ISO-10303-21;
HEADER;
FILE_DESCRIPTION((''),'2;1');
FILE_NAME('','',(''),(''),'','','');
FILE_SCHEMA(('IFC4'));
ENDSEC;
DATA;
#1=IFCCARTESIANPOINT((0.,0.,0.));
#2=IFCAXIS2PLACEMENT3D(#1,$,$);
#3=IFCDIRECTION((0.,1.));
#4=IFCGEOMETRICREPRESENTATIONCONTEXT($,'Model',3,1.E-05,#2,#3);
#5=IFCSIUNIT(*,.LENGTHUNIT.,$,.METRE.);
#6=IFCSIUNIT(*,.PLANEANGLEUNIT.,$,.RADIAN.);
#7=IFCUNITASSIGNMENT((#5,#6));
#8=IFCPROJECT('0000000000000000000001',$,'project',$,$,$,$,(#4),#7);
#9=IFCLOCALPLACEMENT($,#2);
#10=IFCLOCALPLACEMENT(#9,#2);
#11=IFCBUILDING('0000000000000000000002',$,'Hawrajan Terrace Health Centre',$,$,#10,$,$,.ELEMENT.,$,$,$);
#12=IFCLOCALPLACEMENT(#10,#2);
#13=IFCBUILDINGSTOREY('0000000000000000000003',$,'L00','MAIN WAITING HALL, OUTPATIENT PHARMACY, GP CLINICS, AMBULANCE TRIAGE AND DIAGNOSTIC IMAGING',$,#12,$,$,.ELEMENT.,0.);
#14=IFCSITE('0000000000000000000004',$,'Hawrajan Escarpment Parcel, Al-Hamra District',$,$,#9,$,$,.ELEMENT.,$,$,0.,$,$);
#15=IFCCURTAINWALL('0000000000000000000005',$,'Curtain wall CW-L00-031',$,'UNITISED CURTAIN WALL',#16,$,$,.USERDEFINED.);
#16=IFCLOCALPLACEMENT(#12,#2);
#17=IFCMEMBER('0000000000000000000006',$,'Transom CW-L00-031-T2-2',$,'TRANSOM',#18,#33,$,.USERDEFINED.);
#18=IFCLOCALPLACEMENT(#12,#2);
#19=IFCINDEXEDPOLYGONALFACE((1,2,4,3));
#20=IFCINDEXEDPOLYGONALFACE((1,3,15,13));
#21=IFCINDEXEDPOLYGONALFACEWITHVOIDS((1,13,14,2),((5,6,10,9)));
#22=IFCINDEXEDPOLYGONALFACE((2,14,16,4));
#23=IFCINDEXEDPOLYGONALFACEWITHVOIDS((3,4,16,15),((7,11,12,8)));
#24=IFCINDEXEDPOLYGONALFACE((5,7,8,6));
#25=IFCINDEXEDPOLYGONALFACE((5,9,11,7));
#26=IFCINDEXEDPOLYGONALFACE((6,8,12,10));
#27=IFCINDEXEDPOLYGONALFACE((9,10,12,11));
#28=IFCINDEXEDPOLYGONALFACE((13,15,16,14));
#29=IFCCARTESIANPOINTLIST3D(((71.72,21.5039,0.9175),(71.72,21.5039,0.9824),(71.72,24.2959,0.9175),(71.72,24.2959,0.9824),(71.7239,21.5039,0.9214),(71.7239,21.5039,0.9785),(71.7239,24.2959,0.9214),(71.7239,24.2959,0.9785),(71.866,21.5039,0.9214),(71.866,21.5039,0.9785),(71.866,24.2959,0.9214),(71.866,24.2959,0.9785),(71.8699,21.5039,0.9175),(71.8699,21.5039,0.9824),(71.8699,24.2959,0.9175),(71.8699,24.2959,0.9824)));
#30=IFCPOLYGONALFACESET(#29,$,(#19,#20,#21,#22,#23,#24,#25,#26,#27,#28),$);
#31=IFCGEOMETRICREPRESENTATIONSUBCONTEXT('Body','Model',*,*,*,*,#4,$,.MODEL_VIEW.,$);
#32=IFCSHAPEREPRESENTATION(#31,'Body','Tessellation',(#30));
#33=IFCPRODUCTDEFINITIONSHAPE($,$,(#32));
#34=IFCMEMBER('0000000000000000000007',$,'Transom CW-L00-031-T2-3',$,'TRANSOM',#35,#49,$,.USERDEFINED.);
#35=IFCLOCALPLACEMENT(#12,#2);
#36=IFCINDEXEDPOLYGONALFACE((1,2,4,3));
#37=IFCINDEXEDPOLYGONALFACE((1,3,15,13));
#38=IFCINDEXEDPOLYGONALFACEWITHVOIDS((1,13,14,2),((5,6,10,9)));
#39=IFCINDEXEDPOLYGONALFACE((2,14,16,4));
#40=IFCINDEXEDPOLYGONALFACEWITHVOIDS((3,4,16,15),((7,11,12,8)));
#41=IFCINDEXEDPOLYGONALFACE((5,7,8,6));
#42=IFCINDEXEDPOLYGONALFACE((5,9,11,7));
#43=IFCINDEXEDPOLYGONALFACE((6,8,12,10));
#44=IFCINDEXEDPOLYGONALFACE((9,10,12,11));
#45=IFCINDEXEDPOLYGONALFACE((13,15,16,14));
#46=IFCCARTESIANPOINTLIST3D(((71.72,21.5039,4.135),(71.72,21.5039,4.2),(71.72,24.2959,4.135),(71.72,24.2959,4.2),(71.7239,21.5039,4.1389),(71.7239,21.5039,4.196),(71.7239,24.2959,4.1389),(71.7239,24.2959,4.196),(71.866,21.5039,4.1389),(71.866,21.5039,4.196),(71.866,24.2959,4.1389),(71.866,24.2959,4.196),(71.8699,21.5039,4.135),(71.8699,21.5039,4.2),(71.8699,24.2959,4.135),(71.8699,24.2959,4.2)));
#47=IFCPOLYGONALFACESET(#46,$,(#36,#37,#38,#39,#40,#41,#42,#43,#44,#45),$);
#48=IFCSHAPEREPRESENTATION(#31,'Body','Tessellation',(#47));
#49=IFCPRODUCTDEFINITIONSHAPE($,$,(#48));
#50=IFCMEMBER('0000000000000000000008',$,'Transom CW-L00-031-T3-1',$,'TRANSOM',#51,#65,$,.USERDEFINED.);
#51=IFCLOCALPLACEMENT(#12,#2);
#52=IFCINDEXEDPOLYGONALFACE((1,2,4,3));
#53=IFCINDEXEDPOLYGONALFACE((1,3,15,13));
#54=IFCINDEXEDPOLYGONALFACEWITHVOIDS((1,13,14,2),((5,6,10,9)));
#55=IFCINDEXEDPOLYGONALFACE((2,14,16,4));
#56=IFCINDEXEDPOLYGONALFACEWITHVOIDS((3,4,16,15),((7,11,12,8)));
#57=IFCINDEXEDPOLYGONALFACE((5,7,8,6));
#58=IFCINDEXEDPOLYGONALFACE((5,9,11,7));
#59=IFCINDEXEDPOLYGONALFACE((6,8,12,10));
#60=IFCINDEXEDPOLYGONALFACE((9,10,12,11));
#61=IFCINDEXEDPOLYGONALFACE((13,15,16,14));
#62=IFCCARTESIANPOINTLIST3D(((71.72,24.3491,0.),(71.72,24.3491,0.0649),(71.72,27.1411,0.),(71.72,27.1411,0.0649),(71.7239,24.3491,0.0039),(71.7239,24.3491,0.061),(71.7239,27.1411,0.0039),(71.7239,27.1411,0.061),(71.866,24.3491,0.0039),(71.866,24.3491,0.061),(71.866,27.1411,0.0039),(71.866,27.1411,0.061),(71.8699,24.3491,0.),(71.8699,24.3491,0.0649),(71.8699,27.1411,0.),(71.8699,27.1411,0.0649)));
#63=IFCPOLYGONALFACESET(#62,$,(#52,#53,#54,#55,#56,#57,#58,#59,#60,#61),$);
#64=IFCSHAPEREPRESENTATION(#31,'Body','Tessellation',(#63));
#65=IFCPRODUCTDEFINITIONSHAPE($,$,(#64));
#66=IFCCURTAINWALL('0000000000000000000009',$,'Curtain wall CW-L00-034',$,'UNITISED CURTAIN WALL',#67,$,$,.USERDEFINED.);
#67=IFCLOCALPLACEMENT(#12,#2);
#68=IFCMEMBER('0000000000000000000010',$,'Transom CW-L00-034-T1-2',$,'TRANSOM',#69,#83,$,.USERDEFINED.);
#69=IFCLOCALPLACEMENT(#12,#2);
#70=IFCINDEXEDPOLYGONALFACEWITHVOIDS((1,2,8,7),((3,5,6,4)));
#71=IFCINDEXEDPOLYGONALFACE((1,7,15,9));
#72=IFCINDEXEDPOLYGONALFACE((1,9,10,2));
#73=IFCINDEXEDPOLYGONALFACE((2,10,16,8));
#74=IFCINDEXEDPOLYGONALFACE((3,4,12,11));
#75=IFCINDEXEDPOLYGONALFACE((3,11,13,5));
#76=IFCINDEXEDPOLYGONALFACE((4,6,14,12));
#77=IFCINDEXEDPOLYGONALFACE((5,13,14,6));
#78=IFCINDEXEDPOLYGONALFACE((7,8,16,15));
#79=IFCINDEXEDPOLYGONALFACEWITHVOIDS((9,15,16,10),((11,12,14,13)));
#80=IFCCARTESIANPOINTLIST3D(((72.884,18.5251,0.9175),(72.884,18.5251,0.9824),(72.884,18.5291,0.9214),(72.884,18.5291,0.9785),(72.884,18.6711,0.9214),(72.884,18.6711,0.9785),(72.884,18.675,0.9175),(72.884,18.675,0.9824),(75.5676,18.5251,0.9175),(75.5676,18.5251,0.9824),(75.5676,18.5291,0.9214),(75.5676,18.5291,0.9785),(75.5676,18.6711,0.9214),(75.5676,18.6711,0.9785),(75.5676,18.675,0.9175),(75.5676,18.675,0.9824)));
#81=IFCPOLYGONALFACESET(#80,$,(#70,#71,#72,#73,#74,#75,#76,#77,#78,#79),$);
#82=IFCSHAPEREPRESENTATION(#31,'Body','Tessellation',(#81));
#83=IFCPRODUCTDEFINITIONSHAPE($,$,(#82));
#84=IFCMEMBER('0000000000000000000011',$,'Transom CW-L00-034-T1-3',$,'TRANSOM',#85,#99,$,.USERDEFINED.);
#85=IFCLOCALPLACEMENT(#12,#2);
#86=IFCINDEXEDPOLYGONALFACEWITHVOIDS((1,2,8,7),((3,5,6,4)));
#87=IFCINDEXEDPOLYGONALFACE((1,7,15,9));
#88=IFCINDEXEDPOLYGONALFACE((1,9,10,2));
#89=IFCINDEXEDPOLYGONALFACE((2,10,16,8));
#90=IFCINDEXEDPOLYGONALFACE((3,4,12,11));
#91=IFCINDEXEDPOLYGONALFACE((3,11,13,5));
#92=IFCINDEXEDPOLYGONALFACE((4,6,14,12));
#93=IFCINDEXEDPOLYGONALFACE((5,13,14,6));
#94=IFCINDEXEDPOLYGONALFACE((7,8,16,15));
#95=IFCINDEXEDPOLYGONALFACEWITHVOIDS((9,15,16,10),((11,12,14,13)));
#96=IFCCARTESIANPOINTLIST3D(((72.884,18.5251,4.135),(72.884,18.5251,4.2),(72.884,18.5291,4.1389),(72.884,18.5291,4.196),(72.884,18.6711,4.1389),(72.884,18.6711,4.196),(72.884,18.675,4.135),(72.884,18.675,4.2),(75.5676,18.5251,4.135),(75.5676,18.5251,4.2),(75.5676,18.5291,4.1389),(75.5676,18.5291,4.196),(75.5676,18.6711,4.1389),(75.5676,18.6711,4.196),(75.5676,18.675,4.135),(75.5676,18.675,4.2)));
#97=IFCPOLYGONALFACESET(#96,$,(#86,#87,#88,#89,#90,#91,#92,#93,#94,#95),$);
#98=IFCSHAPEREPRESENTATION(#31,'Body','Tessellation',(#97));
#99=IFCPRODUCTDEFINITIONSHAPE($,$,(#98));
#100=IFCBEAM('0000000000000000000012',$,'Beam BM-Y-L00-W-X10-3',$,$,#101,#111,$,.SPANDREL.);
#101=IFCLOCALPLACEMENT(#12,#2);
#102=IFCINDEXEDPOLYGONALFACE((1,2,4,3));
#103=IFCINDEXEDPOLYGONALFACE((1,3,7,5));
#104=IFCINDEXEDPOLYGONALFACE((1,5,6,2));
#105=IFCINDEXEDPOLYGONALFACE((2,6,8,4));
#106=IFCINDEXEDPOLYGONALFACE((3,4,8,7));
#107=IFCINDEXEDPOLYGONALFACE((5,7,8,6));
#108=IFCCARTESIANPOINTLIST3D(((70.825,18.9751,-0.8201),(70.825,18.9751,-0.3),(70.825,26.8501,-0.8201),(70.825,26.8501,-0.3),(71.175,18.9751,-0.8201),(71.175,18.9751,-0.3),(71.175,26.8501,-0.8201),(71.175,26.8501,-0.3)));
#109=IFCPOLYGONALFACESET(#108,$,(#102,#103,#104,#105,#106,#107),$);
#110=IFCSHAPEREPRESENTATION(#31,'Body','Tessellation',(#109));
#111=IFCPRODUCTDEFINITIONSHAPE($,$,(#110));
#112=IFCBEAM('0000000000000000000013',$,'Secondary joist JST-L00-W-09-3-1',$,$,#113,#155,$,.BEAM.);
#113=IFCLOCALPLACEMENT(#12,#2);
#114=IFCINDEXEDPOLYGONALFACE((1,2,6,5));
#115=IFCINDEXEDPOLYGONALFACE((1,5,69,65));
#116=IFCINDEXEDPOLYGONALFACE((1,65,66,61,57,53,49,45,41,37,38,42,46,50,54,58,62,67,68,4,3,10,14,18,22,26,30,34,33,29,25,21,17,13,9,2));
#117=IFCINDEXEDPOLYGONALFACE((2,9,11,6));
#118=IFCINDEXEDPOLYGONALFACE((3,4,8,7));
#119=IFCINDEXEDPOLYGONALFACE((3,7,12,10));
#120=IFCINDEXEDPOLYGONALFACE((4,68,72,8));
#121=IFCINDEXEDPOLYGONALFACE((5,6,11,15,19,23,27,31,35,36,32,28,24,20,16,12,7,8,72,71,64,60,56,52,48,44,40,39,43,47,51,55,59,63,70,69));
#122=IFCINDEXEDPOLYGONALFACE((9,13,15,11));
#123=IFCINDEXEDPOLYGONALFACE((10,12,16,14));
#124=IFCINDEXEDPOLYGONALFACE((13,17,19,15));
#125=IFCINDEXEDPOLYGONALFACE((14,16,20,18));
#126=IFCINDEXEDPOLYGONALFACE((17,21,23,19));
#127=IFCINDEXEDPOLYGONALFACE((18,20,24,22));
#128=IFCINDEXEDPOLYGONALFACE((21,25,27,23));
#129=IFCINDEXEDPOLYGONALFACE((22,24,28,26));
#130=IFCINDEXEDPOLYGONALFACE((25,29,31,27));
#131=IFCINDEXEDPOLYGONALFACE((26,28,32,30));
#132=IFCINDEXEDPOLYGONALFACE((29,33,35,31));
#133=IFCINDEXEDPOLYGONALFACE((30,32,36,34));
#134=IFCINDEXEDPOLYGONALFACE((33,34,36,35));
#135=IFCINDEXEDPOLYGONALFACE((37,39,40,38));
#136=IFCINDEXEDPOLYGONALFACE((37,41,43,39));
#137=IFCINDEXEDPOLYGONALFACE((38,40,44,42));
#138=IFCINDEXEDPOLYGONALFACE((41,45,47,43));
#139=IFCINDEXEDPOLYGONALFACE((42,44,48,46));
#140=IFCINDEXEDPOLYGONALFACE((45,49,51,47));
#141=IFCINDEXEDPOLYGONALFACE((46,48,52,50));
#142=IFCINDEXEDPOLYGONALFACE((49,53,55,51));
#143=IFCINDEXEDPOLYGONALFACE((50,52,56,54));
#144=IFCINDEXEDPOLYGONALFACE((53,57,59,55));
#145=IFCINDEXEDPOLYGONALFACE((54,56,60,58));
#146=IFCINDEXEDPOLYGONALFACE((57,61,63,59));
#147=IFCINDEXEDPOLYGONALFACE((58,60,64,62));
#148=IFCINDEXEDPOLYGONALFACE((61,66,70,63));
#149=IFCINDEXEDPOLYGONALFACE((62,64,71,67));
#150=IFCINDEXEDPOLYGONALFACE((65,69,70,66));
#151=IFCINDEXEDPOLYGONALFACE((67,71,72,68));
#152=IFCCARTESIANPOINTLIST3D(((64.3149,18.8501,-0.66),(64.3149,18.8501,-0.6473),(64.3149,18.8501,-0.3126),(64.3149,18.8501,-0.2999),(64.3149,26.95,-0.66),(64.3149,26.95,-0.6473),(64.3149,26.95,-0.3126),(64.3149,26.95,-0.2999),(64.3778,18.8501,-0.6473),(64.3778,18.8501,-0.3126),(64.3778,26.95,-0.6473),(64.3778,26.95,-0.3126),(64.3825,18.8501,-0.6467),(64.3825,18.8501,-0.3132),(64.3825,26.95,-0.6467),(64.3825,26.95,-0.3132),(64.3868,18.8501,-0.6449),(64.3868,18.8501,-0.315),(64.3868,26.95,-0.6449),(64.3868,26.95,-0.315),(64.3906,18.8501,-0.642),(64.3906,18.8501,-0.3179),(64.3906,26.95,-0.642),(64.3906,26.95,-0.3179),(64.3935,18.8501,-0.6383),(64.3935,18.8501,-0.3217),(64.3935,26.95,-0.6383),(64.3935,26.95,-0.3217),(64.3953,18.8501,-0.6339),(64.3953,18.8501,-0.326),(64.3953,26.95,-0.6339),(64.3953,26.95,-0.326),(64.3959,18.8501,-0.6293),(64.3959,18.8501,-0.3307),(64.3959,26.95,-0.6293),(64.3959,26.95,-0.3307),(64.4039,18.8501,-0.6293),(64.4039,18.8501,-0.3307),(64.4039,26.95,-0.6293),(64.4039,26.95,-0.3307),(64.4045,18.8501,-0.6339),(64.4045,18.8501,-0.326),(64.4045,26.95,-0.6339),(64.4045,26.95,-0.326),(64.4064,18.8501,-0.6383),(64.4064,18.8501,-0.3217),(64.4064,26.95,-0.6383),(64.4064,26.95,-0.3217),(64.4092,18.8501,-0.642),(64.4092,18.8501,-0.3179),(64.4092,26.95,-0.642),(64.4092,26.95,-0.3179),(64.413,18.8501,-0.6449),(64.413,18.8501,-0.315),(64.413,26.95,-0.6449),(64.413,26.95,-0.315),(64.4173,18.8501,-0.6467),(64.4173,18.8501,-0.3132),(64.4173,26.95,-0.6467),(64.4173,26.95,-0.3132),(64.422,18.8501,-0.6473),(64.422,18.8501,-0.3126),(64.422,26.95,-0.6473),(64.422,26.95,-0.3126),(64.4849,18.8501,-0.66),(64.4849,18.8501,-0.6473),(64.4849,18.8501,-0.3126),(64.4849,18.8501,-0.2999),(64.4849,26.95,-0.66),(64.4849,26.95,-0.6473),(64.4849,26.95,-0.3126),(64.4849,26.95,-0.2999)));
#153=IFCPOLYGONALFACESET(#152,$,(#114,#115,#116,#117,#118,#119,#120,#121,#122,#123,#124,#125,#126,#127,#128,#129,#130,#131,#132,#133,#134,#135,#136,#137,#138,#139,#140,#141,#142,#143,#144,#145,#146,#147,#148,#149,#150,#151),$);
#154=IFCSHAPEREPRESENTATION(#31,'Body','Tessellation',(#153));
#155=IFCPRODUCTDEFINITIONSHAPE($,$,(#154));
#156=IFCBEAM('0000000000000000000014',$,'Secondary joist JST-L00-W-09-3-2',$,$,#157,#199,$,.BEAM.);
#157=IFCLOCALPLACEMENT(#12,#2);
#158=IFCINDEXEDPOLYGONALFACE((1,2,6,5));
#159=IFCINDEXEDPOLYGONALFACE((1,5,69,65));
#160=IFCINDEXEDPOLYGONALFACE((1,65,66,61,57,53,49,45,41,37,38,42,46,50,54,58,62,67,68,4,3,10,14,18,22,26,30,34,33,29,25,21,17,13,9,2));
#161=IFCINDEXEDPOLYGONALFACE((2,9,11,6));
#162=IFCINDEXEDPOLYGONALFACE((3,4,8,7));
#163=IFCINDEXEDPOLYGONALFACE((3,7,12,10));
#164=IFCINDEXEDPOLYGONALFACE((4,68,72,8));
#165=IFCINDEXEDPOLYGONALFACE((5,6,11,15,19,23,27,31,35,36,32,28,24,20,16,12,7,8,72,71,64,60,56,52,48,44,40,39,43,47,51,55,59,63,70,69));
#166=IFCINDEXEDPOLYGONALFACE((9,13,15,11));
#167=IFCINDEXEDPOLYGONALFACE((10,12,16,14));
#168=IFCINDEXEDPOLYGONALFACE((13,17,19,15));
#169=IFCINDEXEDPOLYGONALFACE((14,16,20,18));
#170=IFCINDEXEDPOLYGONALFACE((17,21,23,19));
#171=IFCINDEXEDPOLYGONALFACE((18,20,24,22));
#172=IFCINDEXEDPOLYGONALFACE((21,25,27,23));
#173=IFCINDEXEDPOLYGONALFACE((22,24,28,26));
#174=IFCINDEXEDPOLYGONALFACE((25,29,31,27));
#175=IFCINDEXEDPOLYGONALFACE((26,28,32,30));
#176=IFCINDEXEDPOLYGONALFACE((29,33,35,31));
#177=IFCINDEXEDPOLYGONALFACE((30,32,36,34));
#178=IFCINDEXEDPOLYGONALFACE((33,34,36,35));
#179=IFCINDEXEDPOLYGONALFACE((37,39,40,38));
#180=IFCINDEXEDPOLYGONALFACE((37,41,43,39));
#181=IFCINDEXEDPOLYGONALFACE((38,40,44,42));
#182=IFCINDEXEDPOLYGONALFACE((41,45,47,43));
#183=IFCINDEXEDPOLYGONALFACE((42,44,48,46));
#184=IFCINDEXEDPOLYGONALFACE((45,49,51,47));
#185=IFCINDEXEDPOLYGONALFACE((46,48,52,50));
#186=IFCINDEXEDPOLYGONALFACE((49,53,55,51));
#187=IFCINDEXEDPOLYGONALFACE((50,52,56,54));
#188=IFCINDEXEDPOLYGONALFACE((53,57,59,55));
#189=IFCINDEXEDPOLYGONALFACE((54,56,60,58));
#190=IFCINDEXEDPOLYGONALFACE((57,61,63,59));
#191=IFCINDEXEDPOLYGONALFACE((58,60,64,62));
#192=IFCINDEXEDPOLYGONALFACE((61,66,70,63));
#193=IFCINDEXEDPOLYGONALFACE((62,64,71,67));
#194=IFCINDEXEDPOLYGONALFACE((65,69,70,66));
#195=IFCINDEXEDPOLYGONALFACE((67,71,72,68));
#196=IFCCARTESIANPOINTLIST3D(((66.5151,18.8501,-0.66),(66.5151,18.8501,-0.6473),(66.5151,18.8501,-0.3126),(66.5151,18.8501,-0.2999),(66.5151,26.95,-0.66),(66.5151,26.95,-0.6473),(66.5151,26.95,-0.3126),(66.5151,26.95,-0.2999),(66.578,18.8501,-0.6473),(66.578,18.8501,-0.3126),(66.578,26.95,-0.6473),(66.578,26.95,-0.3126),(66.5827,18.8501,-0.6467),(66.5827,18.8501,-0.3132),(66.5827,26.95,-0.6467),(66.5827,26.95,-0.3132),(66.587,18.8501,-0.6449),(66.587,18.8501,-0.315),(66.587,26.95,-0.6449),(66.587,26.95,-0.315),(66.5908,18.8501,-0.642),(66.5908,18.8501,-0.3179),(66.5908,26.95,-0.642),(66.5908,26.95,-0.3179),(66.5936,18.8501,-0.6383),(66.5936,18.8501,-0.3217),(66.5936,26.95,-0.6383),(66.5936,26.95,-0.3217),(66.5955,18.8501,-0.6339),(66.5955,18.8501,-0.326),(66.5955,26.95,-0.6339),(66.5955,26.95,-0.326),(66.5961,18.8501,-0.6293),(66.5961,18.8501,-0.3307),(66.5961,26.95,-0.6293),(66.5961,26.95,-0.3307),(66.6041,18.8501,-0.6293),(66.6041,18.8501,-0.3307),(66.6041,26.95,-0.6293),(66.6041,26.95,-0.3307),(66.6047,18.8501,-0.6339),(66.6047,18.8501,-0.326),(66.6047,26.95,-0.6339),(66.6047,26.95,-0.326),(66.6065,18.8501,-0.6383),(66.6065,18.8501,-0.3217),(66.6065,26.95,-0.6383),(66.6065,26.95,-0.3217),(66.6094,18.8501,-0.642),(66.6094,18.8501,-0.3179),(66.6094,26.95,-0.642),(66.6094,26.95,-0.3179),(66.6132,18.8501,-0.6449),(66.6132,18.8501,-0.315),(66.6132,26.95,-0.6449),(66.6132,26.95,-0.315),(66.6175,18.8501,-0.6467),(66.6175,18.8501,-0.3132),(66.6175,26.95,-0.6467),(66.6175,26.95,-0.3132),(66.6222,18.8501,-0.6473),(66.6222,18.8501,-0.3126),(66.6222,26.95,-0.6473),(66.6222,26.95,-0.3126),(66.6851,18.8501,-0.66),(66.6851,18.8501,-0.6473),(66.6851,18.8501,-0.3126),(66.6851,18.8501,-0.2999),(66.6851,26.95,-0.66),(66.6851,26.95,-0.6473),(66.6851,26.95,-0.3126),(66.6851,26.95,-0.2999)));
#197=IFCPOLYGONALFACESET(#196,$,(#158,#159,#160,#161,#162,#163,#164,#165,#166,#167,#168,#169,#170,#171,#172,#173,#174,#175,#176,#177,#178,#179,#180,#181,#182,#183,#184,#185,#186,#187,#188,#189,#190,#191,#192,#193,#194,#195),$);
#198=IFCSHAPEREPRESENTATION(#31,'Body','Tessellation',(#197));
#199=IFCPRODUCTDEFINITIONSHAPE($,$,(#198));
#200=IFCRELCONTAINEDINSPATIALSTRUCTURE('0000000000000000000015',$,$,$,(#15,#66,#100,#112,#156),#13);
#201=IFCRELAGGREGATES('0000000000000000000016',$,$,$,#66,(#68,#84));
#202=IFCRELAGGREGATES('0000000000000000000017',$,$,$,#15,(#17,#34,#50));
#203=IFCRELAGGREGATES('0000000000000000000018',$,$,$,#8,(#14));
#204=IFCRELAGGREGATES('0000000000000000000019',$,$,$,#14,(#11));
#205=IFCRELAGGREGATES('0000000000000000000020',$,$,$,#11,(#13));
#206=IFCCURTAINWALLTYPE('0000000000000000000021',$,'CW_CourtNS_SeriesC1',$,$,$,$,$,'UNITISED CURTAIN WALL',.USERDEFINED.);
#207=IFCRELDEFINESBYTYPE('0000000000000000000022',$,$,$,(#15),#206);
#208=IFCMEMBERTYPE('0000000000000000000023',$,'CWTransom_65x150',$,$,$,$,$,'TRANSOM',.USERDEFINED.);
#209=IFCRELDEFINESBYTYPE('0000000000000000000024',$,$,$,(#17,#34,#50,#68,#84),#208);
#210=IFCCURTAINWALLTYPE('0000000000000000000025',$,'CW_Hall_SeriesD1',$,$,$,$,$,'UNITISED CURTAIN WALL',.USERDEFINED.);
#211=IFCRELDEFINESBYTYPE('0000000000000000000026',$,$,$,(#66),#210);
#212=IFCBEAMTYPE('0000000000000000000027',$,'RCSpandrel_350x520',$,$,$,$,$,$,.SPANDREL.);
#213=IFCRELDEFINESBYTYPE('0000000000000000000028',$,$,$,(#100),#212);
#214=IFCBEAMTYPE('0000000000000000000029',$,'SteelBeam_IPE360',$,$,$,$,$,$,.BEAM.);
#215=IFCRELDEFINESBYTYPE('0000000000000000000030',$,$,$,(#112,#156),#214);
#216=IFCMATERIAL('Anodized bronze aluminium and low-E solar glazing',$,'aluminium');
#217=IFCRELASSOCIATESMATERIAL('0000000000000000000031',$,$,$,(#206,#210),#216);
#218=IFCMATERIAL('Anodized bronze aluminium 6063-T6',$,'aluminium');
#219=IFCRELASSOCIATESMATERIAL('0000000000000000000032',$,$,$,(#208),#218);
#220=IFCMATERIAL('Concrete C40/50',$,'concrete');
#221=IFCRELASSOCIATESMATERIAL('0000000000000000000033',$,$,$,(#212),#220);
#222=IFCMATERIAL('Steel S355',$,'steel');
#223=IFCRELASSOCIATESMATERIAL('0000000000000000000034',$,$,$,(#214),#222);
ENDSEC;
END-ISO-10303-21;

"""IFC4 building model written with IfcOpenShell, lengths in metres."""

from ifc_helpers import new_model, si_unit, direction, frame, origin, origin_2d, place, context, subcontext, project, spatial, rectangle, hollow_rectangle, i_section, extrude, material, material_profile, profile_set, type_object, element, aggregate, save


model = new_model("IFC4")

# Units and contexts
model_context = context("Model", 3, precision=1e-05, world=origin(), true_north=direction((0.0, 1.0)))
body_context = subcontext(model_context, "Body", "Model", "MODEL_VIEW")
ifc_project = project(units=[si_unit("LENGTHUNIT", "METRE"), si_unit("PLANEANGLEUNIT", "RADIAN")], contexts=[model_context])

# Site, building, storey
site_placement = place(None, origin())
site = spatial("IfcSite", under=ifc_project, at=site_placement, Name="Hawrajan Escarpment Parcel, Al-Hamra District", CompositionType="ELEMENT", RefElevation=0.0)
building_placement = place(site_placement, origin())
building = spatial("IfcBuilding", under=site, at=building_placement, Name="Hawrajan Terrace Health Centre", CompositionType="ELEMENT")
storey_placement = place(building_placement, origin())
storey = spatial("IfcBuildingStorey", under=building, at=storey_placement, Name="L00", Description="MAIN WAITING HALL, OUTPATIENT PHARMACY, GP CLINICS, AMBULANCE TRIAGE AND DIAGNOSTIC IMAGING", CompositionType="ELEMENT", Elevation=0.0)

# Shared definitions
ifc_material_1 = material(Name="Concrete C40/50", Category="concrete")

# Curtain walls, members
ifc_material_2 = material(Name="Anodized bronze aluminium and low-E solar glazing", Category="aluminium")
curtain_wall_type_1 = type_object("IfcCurtainWallType", Name="CW_CourtNS_SeriesC1", ElementType="UNITISED CURTAIN WALL", PredefinedType="USERDEFINED", material=ifc_material_2)
curtain_wall_1_placement = place(storey_placement, origin())
curtain_wall_1 = element("IfcCurtainWall", 1, at=curtain_wall_1_placement, inside=storey, type_object=curtain_wall_type_1, Name="Curtain wall CW-L00-031", ObjectType="UNITISED CURTAIN WALL", PredefinedType="USERDEFINED")
ifc_material_3 = material(Name="Anodized bronze aluminium 6063-T6", Category="aluminium")
ifc_material_profile_1 = material_profile(ifc_material_3, hollow_rectangle(XDim=0.0649, YDim=0.1499, WallThickness=0.0039, at=origin_2d()), Name="CW TRN 65x150")
ifc_profile_set_1 = profile_set([ifc_material_profile_1], Name="Anodized bronze aluminium 6063-T6")
member_type_1 = type_object("IfcMemberType", Name="CWTransom_65x150", ElementType="TRANSOM", PredefinedType="USERDEFINED", material=ifc_profile_set_1)
member_1_placement = place(storey_placement, frame((71.7949, 21.5039, 0.95), z_axis=(0.0, 1.0, 0.0), x_axis=(0.0, 0.0, 1.0)))
member_1 = element("IfcMember", 2, at=member_1_placement, type_object=member_type_1, Name="Transom CW-L00-031-T2-2", ObjectType="TRANSOM", PredefinedType="USERDEFINED", context=body_context, shape_type="SweptSolid", body=[
    extrude(hollow_rectangle(XDim=0.0649, YDim=0.1499, WallThickness=0.0039, at=origin_2d()), origin(), (0.0, 0.0, 1.0), 2.792),
])
member_2_placement = place(storey_placement, frame((71.7949, 21.5039, 4.1675), z_axis=(0.0, 1.0, 0.0), x_axis=(0.0, 0.0, 1.0)))
member_2 = element("IfcMember", 3, at=member_2_placement, type_object=member_type_1, Name="Transom CW-L00-031-T2-3", ObjectType="TRANSOM", PredefinedType="USERDEFINED", context=body_context, shape_type="SweptSolid", body=[
    extrude(hollow_rectangle(XDim=0.0649, YDim=0.1499, WallThickness=0.0039, at=origin_2d()), origin(), (0.0, 0.0, 1.0), 2.792),
])
member_3_placement = place(storey_placement, frame((71.7949, 24.3491, 0.0325), z_axis=(0.0, 1.0, 0.0), x_axis=(0.0, 0.0, 1.0)))
member_3 = element("IfcMember", 4, at=member_3_placement, type_object=member_type_1, Name="Transom CW-L00-031-T3-1", ObjectType="TRANSOM", PredefinedType="USERDEFINED", context=body_context, shape_type="SweptSolid", body=[
    extrude(hollow_rectangle(XDim=0.0649, YDim=0.1499, WallThickness=0.0039, at=origin_2d()), origin(), (0.0, 0.0, 1.0), 2.792),
])
curtain_wall_type_2 = type_object("IfcCurtainWallType", Name="CW_Hall_SeriesD1", ElementType="UNITISED CURTAIN WALL", PredefinedType="USERDEFINED", material=ifc_material_2)
curtain_wall_2_placement = place(storey_placement, origin())
curtain_wall_2 = element("IfcCurtainWall", 5, at=curtain_wall_2_placement, inside=storey, type_object=curtain_wall_type_2, Name="Curtain wall CW-L00-034", ObjectType="UNITISED CURTAIN WALL", PredefinedType="USERDEFINED")
member_4_placement = place(storey_placement, frame((72.884, 18.6001, 0.95), z_axis=(1.0, 0.0, 0.0), x_axis=(0.0, 0.0, 1.0)))
member_4 = element("IfcMember", 6, at=member_4_placement, type_object=member_type_1, Name="Transom CW-L00-034-T1-2", ObjectType="TRANSOM", PredefinedType="USERDEFINED", context=body_context, shape_type="SweptSolid", body=[
    extrude(hollow_rectangle(XDim=0.0649, YDim=0.1499, WallThickness=0.0039, at=origin_2d()), origin(), (0.0, 0.0, 1.0), 2.6836),
])
member_5_placement = place(storey_placement, frame((72.884, 18.6001, 4.1675), z_axis=(1.0, 0.0, 0.0), x_axis=(0.0, 0.0, 1.0)))
member_5 = element("IfcMember", 7, at=member_5_placement, type_object=member_type_1, Name="Transom CW-L00-034-T1-3", ObjectType="TRANSOM", PredefinedType="USERDEFINED", context=body_context, shape_type="SweptSolid", body=[
    extrude(hollow_rectangle(XDim=0.0649, YDim=0.1499, WallThickness=0.0039, at=origin_2d()), origin(), (0.0, 0.0, 1.0), 2.6836),
])
aggregate(curtain_wall_2, [member_4, member_5])

# Beams
ifc_material_profile_2 = material_profile(ifc_material_1, rectangle(XDim=0.3501, YDim=0.52, at=origin_2d()), Name="RC SP 350x520")
ifc_profile_set_2 = profile_set([ifc_material_profile_2], Name="Concrete C40/50")
beam_type_1 = type_object("IfcBeamType", Name="RCSpandrel_350x520", PredefinedType="SPANDREL", material=ifc_profile_set_2)
beam_placement = place(storey_placement, frame((71.0, 18.9751, -0.5601), z_axis=(0.0, 1.0, 0.0), x_axis=(-1.0, 0.0, 0.0)))
element("IfcBeam", 8, at=beam_placement, inside=storey, type_object=beam_type_1, Name="Beam BM-Y-L00-W-X10-3", PredefinedType="SPANDREL", context=body_context, shape_type="SweptSolid", body=[
    extrude(rectangle(XDim=0.3501, YDim=0.52, at=origin_2d()), origin(), (0.0, 0.0, 1.0), 7.875),
])
ifc_material_4 = material(Name="Steel S355", Category="steel")
ifc_material_profile_3 = material_profile(ifc_material_4, i_section(OverallWidth=0.1699, OverallDepth=0.3601, WebThickness=0.0081, FlangeThickness=0.0127, FilletRadius=0.0181, at=origin_2d()), Name="IPE 360")
ifc_profile_set_3 = profile_set([ifc_material_profile_3], Name="Steel S355")
beam_type_2 = type_object("IfcBeamType", Name="SteelBeam_IPE360", PredefinedType="BEAM", material=ifc_profile_set_3)
for number, where, z_axis, x_axis, name in (
    (9, (64.3999, 18.8501, -0.48), (0.0, 1.0, 0.0), (-1.0, 0.0, 0.0), "Secondary joist JST-L00-W-09-3-1"),
    (10, (66.6001, 18.8501, -0.48), (0.0, 1.0, 0.0), (-1.0, 0.0, 0.0), "Secondary joist JST-L00-W-09-3-2"),
):
    element("IfcBeam", number, at=place(storey_placement, frame(where, z_axis=z_axis, x_axis=x_axis)), inside=storey, type_object=beam_type_2, Name=name, PredefinedType="BEAM", context=body_context, shape_type="SweptSolid", body=[
        extrude(i_section(OverallWidth=0.1699, OverallDepth=0.3601, WebThickness=0.0081, FlangeThickness=0.0127, FilletRadius=0.0181, at=origin_2d()), origin(), (0.0, 0.0, 1.0), 8.0999),
    ])

aggregate(curtain_wall_1, [member_1, member_2, member_3])

save(model, "model.ifc")
